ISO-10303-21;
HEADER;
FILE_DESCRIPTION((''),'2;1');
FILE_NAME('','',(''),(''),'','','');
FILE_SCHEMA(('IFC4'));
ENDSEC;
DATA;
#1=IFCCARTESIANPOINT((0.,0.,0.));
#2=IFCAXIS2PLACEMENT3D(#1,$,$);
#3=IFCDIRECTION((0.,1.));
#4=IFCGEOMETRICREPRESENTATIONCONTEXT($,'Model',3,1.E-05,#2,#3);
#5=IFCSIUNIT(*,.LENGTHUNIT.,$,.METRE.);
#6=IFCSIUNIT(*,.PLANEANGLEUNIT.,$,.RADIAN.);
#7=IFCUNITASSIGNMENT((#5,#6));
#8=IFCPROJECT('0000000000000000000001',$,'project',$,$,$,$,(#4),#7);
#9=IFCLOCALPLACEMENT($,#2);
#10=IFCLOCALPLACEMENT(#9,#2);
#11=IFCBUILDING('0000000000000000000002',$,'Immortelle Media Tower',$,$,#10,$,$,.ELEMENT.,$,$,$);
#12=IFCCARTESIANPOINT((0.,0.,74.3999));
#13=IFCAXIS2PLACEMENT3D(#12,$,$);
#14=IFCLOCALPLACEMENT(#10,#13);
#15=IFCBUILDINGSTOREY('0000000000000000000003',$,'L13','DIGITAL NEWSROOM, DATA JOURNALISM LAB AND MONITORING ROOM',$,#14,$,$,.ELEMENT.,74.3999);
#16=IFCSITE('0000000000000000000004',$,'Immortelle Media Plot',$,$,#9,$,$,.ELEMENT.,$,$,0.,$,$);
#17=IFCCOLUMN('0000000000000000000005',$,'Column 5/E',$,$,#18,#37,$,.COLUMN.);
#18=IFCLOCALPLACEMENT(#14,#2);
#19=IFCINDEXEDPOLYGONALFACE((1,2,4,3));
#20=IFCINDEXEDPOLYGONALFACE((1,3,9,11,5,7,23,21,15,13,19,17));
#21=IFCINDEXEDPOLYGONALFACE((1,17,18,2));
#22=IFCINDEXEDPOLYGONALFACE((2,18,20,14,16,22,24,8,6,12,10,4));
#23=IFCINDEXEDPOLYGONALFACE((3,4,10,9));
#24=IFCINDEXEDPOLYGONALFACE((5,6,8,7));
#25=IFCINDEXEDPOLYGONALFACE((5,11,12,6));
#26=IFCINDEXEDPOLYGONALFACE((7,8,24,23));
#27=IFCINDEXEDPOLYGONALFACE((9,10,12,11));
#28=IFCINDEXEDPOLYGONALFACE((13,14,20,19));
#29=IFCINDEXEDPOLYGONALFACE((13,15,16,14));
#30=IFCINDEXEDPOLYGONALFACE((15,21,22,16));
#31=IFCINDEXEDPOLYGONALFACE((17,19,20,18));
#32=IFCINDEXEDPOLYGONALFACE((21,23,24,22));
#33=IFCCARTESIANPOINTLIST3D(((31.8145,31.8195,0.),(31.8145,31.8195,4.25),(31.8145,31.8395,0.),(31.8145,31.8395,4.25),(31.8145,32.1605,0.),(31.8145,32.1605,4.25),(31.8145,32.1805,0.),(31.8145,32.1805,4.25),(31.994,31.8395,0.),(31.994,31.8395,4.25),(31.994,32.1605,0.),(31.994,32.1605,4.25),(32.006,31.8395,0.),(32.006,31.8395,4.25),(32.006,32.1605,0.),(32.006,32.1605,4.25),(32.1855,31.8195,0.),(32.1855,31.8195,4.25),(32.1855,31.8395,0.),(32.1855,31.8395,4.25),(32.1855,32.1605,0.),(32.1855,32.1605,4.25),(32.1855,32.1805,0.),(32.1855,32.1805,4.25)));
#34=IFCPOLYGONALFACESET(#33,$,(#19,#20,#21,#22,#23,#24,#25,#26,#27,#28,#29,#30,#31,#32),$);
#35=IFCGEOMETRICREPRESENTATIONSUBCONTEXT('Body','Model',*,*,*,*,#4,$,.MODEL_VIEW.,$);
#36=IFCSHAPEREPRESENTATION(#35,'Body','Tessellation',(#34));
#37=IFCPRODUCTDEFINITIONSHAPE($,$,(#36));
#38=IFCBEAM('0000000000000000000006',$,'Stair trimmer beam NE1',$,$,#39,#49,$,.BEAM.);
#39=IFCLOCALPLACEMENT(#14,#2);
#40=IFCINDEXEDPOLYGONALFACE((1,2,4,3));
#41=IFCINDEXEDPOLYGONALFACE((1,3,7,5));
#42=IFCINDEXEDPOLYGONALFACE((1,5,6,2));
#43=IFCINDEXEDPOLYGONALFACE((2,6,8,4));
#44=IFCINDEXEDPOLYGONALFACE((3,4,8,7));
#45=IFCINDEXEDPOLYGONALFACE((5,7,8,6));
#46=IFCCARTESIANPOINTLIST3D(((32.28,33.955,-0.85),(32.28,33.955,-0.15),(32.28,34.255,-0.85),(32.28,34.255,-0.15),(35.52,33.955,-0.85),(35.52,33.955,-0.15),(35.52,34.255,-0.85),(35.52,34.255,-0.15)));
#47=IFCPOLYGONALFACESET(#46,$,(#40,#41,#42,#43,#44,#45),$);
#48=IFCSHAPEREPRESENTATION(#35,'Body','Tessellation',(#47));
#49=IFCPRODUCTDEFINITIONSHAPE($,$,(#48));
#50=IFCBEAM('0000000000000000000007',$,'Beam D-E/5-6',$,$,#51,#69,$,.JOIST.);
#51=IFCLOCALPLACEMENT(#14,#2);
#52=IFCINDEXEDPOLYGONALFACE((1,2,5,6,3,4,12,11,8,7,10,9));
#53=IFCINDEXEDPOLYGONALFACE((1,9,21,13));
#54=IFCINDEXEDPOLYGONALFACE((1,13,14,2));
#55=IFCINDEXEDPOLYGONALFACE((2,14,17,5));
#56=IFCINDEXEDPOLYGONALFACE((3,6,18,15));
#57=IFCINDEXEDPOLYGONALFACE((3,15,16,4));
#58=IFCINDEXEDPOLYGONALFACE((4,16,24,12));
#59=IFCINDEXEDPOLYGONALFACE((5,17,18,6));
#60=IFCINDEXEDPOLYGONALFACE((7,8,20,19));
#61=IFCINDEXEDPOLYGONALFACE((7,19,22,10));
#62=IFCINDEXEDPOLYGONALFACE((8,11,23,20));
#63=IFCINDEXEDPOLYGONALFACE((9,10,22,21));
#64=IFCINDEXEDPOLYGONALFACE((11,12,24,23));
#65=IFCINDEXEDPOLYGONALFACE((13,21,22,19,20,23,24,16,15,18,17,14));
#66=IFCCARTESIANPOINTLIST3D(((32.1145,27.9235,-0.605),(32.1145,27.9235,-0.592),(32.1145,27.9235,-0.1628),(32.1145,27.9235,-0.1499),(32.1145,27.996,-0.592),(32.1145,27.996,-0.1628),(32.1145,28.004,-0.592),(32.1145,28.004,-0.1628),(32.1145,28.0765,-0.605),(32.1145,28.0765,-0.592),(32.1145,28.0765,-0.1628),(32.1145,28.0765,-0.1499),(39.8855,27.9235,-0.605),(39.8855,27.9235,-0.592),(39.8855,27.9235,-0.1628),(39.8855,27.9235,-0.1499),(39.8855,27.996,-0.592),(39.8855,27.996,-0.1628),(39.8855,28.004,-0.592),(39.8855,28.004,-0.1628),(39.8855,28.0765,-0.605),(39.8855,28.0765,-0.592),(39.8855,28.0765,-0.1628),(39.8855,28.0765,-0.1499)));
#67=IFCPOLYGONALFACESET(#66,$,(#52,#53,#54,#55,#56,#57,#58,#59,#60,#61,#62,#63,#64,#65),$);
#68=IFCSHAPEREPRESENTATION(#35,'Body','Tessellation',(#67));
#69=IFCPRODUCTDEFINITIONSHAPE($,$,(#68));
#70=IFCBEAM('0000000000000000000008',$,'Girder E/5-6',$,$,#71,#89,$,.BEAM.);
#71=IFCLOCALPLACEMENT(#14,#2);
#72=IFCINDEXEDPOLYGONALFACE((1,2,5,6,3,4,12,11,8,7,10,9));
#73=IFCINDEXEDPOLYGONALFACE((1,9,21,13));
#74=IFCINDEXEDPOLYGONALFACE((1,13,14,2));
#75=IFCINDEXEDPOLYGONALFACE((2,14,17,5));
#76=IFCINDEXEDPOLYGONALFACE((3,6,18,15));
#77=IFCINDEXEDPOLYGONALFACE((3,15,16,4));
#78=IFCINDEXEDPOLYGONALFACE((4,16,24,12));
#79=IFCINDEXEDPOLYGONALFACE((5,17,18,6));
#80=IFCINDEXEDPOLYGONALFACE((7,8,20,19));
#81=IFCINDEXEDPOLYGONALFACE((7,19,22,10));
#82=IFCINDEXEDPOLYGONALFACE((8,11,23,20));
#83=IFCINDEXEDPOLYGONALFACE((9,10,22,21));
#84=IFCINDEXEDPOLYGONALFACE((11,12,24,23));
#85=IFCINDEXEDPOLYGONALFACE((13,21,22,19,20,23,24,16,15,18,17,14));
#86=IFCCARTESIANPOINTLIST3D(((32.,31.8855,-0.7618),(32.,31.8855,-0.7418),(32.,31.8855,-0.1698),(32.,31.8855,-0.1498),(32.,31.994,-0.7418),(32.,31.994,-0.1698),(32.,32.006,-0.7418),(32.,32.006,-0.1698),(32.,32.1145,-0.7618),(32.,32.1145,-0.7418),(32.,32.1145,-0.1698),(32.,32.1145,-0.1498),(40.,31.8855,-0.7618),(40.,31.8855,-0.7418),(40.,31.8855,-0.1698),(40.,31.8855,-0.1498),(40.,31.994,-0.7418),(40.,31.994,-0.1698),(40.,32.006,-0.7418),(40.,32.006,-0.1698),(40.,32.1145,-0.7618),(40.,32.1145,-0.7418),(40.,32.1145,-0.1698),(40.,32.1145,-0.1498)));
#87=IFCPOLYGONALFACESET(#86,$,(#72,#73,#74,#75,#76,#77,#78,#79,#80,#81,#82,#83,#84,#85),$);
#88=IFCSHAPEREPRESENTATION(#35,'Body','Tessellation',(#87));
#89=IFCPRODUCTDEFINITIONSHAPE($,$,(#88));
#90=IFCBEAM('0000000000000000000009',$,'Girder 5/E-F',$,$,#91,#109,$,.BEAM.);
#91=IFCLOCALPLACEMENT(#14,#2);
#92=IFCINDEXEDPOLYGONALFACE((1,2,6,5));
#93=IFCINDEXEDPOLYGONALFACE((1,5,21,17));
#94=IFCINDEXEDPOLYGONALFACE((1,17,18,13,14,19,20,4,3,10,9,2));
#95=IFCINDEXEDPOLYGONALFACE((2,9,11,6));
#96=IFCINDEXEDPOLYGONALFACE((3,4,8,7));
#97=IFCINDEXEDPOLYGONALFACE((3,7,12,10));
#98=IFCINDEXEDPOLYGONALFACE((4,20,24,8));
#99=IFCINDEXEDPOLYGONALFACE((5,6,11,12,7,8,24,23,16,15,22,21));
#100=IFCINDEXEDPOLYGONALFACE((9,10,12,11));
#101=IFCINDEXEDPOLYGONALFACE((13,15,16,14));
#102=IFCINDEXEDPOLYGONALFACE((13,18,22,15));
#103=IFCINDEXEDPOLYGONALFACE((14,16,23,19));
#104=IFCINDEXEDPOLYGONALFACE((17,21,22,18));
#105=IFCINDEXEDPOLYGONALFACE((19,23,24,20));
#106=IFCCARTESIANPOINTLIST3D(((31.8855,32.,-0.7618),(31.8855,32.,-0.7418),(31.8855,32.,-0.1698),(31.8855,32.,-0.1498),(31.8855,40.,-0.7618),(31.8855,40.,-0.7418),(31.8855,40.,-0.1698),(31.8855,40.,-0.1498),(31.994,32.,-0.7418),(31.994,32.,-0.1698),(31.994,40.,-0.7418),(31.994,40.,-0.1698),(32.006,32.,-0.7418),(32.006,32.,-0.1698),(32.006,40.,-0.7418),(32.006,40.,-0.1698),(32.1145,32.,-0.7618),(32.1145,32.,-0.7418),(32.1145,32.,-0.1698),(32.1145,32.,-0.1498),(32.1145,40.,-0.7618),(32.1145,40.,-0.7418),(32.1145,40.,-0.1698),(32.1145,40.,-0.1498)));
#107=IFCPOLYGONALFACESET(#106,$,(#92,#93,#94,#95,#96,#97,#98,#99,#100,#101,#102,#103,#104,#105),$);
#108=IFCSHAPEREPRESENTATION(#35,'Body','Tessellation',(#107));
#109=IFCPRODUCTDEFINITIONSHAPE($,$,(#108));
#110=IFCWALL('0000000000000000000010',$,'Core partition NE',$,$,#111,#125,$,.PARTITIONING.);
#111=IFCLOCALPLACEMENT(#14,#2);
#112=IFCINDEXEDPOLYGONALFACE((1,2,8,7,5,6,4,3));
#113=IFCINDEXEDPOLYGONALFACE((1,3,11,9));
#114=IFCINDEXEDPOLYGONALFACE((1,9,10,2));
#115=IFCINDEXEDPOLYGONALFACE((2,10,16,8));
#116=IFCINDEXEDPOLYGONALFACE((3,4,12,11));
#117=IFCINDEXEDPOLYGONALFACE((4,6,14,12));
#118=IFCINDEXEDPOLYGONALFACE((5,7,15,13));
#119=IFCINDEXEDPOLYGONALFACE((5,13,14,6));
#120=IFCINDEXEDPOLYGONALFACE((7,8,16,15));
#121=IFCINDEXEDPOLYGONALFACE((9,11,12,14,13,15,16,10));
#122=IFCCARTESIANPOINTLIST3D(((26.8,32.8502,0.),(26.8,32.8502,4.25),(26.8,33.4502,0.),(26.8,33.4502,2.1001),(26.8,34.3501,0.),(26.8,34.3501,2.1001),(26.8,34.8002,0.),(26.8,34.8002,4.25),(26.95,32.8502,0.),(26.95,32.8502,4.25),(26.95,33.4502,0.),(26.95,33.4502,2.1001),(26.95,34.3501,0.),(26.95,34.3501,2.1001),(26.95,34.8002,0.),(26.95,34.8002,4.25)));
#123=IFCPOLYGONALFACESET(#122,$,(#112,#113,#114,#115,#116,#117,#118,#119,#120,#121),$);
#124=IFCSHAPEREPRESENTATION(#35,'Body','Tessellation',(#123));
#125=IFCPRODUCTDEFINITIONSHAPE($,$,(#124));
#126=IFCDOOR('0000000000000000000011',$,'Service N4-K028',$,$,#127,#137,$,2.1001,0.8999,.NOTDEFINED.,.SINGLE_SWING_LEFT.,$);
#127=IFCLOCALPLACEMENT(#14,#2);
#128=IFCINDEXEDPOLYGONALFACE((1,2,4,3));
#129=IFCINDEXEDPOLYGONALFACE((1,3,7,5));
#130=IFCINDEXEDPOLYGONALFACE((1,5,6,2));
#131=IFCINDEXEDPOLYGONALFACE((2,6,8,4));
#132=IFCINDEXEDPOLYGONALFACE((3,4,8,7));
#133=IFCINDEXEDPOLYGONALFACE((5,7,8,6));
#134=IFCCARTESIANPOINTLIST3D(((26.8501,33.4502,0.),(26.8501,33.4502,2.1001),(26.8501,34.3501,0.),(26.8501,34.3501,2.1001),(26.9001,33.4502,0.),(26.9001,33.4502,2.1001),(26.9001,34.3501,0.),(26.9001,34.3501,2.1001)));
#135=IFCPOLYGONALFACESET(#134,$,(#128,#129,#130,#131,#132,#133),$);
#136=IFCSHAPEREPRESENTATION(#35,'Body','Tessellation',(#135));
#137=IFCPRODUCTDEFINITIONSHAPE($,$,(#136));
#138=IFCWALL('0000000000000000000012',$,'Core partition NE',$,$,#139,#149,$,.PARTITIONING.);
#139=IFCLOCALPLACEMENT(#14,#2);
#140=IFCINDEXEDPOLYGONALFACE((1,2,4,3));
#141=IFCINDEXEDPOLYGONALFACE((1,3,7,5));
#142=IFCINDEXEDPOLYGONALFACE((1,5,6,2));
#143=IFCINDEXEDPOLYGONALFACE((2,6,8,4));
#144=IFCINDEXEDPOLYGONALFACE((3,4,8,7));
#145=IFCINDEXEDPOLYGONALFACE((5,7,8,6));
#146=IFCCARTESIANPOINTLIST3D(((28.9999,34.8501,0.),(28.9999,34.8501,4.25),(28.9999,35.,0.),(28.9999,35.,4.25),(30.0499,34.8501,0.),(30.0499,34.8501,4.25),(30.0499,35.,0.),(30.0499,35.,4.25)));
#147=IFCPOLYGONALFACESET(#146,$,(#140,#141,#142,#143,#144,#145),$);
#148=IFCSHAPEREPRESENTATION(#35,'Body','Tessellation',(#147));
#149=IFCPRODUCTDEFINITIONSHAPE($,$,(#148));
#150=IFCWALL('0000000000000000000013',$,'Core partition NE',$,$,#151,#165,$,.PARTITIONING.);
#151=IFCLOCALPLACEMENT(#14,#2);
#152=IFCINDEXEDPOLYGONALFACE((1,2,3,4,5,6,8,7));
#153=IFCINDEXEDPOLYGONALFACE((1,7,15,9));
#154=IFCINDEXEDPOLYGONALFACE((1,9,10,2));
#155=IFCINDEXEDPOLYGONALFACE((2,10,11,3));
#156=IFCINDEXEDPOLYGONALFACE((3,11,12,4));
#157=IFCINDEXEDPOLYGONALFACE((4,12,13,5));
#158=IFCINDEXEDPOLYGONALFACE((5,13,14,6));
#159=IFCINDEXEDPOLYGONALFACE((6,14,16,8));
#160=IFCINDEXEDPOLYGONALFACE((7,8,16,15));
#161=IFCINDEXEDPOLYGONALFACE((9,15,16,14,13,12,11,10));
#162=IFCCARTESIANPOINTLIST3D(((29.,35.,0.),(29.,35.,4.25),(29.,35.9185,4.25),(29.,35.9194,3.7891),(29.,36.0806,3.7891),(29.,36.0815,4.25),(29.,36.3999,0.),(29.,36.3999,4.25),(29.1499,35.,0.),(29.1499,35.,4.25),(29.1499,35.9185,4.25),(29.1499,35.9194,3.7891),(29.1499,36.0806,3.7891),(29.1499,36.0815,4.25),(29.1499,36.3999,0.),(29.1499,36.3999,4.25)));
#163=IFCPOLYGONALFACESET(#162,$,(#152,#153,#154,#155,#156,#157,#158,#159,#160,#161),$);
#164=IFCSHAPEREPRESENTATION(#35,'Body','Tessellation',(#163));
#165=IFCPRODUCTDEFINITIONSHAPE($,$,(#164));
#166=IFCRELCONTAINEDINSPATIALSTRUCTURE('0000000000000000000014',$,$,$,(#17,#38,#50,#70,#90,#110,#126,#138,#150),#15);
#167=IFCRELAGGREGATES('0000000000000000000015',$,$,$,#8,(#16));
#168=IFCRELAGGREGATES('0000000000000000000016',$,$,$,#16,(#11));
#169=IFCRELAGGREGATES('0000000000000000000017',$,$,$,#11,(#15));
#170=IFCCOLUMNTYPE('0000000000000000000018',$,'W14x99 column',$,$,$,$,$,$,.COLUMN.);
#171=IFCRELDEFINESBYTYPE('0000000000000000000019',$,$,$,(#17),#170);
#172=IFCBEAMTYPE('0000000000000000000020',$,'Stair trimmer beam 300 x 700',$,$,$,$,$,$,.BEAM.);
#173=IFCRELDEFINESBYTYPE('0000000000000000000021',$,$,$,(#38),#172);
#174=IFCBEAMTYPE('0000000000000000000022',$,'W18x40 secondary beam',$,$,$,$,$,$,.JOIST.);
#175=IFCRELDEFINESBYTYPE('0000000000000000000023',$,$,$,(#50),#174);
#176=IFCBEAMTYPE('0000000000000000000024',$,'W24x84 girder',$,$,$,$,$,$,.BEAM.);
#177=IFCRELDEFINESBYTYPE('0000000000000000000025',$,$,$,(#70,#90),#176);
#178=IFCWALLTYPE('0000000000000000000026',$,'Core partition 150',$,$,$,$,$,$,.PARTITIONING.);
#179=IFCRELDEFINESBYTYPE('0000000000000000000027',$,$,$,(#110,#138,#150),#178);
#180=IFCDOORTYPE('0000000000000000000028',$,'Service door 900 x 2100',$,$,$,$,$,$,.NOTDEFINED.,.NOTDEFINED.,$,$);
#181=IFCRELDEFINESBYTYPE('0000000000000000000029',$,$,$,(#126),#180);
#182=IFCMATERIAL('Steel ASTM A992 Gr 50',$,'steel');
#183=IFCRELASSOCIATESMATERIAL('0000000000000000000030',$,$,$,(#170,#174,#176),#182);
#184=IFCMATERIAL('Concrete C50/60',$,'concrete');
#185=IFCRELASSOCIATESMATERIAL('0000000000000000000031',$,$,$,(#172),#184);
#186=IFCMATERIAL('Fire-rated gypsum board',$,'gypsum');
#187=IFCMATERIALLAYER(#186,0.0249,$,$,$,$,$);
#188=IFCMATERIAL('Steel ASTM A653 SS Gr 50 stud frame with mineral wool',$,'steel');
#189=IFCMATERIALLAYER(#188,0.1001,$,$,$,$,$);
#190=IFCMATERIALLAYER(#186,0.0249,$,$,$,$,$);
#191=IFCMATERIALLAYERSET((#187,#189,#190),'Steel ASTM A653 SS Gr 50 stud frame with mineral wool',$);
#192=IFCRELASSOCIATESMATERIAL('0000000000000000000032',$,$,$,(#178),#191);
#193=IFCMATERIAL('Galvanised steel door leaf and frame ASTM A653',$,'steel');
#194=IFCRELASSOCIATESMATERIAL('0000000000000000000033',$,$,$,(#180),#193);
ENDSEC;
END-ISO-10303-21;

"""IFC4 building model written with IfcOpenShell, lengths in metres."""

from ifc_helpers import new_model, si_unit, direction, frame, frame_2d, origin, origin_2d, place, context, subcontext, project, spatial, polyline, rectangle, i_section, outline, extrude, material, layer, layer_set, material_profile, profile_set, type_object, element, fill, save


model = new_model("IFC4")

# Units and contexts
model_context = context("Model", 3, precision=1e-05, world=origin(), true_north=direction((0.0, 1.0)))
body_context = subcontext(model_context, "Body", "Model", "MODEL_VIEW")
ifc_project = project(units=[si_unit("LENGTHUNIT", "METRE"), si_unit("PLANEANGLEUNIT", "RADIAN")], contexts=[model_context])

# Site, building, storey
site_placement = place(None, origin())
site = spatial("IfcSite", under=ifc_project, at=site_placement, Name="Immortelle Media Plot", CompositionType="ELEMENT", RefElevation=0.0)
building_placement = place(site_placement, origin())
building = spatial("IfcBuilding", under=site, at=building_placement, Name="Immortelle Media Tower", CompositionType="ELEMENT")
storey_placement = place(building_placement, frame((0.0, 0.0, 74.3999)))
storey = spatial("IfcBuildingStorey", under=building, at=storey_placement, Name="L13", Description="DIGITAL NEWSROOM, DATA JOURNALISM LAB AND MONITORING ROOM", CompositionType="ELEMENT", Elevation=74.3999)

# Column
ifc_material_1 = material(Name="Steel ASTM A992 Gr 50", Category="steel")
ifc_material_profile_1 = material_profile(ifc_material_1, i_section(OverallWidth=0.3711, OverallDepth=0.3611, WebThickness=0.012, FlangeThickness=0.02, at=origin_2d()), Name="W14x99")
ifc_profile_set_1 = profile_set([ifc_material_profile_1], Name="Steel ASTM A992 Gr 50")
column_type = type_object("IfcColumnType", Name="W14x99 column", PredefinedType="COLUMN", material=ifc_profile_set_1)
column_placement = place(storey_placement, frame((32.0, 32.0, 0.0), z_axis=(0.0, 0.0, 1.0), x_axis=(1.0, 0.0, 0.0)))
element("IfcColumn", 1, at=column_placement, inside=storey, type_object=column_type, Name="Column 5/E", PredefinedType="COLUMN", context=body_context, shape_type="SweptSolid", body=[
    extrude(i_section(OverallWidth=0.3711, OverallDepth=0.3611, WebThickness=0.012, FlangeThickness=0.02, at=origin_2d()), origin(), (0.0, 0.0, 1.0), 4.25),
])

# Beams
ifc_material_2 = material(Name="Concrete C50/60", Category="concrete")
ifc_material_profile_2 = material_profile(ifc_material_2, rectangle(XDim=0.3, YDim=0.7, at=origin_2d()), Name="RC 300x700")
ifc_profile_set_2 = profile_set([ifc_material_profile_2], Name="Concrete C50/60")
beam_type_1 = type_object("IfcBeamType", Name="Stair trimmer beam 300 x 700", PredefinedType="BEAM", material=ifc_profile_set_2)
beam_1_placement = place(storey_placement, frame((32.28, 34.105, -0.5), z_axis=(1.0, 0.0, 0.0), x_axis=(0.0, 1.0, 0.0)))
element("IfcBeam", 2, at=beam_1_placement, inside=storey, type_object=beam_type_1, Name="Stair trimmer beam NE1", PredefinedType="BEAM", context=body_context, shape_type="SweptSolid", body=[
    extrude(rectangle(XDim=0.3, YDim=0.7, at=origin_2d()), origin(), (0.0, 0.0, 1.0), 3.24),
])
ifc_material_profile_3 = material_profile(ifc_material_1, i_section(OverallWidth=0.1531, OverallDepth=0.4551, WebThickness=0.0081, FlangeThickness=0.0129, at=origin_2d()), Name="W18x40")
ifc_profile_set_3 = profile_set([ifc_material_profile_3], Name="Steel ASTM A992 Gr 50")
beam_type_2 = type_object("IfcBeamType", Name="W18x40 secondary beam", PredefinedType="JOIST", material=ifc_profile_set_3)
beam_2_placement = place(storey_placement, frame((32.1145, 28.0, -0.3774), z_axis=(1.0, 0.0, 0.0), x_axis=(0.0, 1.0, 0.0)))
element("IfcBeam", 3, at=beam_2_placement, inside=storey, type_object=beam_type_2, Name="Beam D-E/5-6", PredefinedType="JOIST", context=body_context, shape_type="SweptSolid", body=[
    extrude(i_section(OverallWidth=0.1531, OverallDepth=0.4551, WebThickness=0.0081, FlangeThickness=0.0129, at=origin_2d()), origin(), (0.0, 0.0, 1.0), 7.771),
])
ifc_material_profile_4 = material_profile(ifc_material_1, i_section(OverallWidth=0.229, OverallDepth=0.6121, WebThickness=0.012, FlangeThickness=0.02, at=origin_2d()), Name="W24x84")
ifc_profile_set_4 = profile_set([ifc_material_profile_4], Name="Steel ASTM A992 Gr 50")
beam_type_3 = type_object("IfcBeamType", Name="W24x84 girder", PredefinedType="BEAM", material=ifc_profile_set_4)
for number, where, z_axis, x_axis, name in (
    (4, (32.0, 32.0, -0.4558), (1.0, 0.0, 0.0), (0.0, 1.0, 0.0), "Girder E/5-6"),
    (5, (32.0, 32.0, -0.4558), (0.0, 1.0, 0.0), (-1.0, 0.0, 0.0), "Girder 5/E-F"),
):
    element("IfcBeam", number, at=place(storey_placement, frame(where, z_axis=z_axis, x_axis=x_axis)), inside=storey, type_object=beam_type_3, Name=name, PredefinedType="BEAM", context=body_context, shape_type="SweptSolid", body=[
        extrude(i_section(OverallWidth=0.229, OverallDepth=0.6121, WebThickness=0.012, FlangeThickness=0.02, at=origin_2d()), origin(), (0.0, 0.0, 1.0), 8.0),
    ])

# Wall, opening, door
ifc_material_3 = material(Name="Fire-rated gypsum board", Category="gypsum")
ifc_layer_1 = layer(ifc_material_3, 0.0249)
ifc_material_4 = material(Name="Steel ASTM A653 SS Gr 50 stud frame with mineral wool", Category="steel")
ifc_layer_2 = layer(ifc_material_4, 0.1001)
ifc_layer_3 = layer(ifc_material_3, 0.0249)
ifc_layer_set_1 = layer_set([ifc_layer_1, ifc_layer_2, ifc_layer_3], Name="Steel ASTM A653 SS Gr 50 stud frame with mineral wool")
wall_type_1 = type_object("IfcWallType", Name="Core partition 150", PredefinedType="PARTITIONING", material=ifc_layer_set_1)
wall_1_placement = place(storey_placement, frame((26.875, 32.8501, 0.0), z_axis=(0.0, 0.0, 1.0), x_axis=(0.0, 1.0, 0.0)))
wall_1 = element("IfcWall", 6, at=wall_1_placement, inside=storey, type_object=wall_type_1, Name="Core partition NE", PredefinedType="PARTITIONING", context=body_context, shape_type="SweptSolid", body=[
    extrude(rectangle(XDim=1.95, YDim=0.1499, at=frame_2d((0.9751, 0.0))), origin(), (0.0, 0.0, 1.0), 4.25),
])
opening_1_placement = place(wall_1_placement, frame((0.6001, 0.0, 0.0)))
opening_1 = element("IfcOpeningElement", 7, at=opening_1_placement, cuts=wall_1, PredefinedType="OPENING", context=body_context, shape_type="SweptSolid", body=[
    extrude(rectangle(XDim=0.8999, YDim=2.1001, at=frame_2d((0.45, 1.05))), frame((0.0, 0.085, 0.0), z_axis=(0.0, -1.0, 0.0), x_axis=(1.0, 0.0, 0.0)), (0.0, 0.0, 1.0), 0.1699),
])
ifc_material_5 = material(Name="Galvanised steel door leaf and frame ASTM A653", Category="steel")
door_type_1 = type_object("IfcDoorType", Name="Service door 900 x 2100", OperationType="NOTDEFINED", PredefinedType="NOTDEFINED", material=ifc_material_5)
door_1_placement = place(opening_1_placement, origin())
door_1 = element("IfcDoor", 8, at=door_1_placement, inside=storey, type_object=door_type_1, Name="Service N4-K028", OperationType="SINGLE_SWING_LEFT", OverallHeight=2.1001, OverallWidth=0.8999, PredefinedType="NOTDEFINED", context=body_context, shape_type="SweptSolid", body=[
    extrude(rectangle(XDim=0.8999, YDim=2.1001, at=frame_2d((0.45, 1.05))), frame((0.0, 0.0249, 0.0), z_axis=(0.0, -1.0, 0.0), x_axis=(1.0, 0.0, 0.0)), (0.0, 0.0, 1.0), 0.05),
])
fill(opening_1, door_1)

# Walls
wall_2_placement = place(storey_placement, frame((29.0, 34.925, 0.0), z_axis=(0.0, 0.0, 1.0), x_axis=(1.0, 0.0, 0.0)))
element("IfcWall", 9, at=wall_2_placement, inside=storey, type_object=wall_type_1, Name="Core partition NE", PredefinedType="PARTITIONING", context=body_context, shape_type="SweptSolid", body=[
    extrude(rectangle(XDim=1.05, YDim=0.1499, at=frame_2d((0.5249, 0.0))), origin(), (0.0, 0.0, 1.0), 4.25),
])
wall_3_placement = place(storey_placement, frame((29.075, 35.0, 0.0), z_axis=(0.0, 0.0, 1.0), x_axis=(0.0, 1.0, 0.0)))
element("IfcWall", 10, at=wall_3_placement, inside=storey, type_object=wall_type_1, Name="Core partition NE", PredefinedType="PARTITIONING", context=body_context, shape_type="SweptSolid", body=[
    extrude(outline(polyline([(0.0, 0.0), (1.3999, 0.0), (1.3999, 4.25), (1.0815, 4.25), (1.0806, 3.7891), (0.9194, 3.7891), (0.9185, 4.25), (0.0, 4.25), (0.0, 0.0)])), frame((0.0, 0.075, 0.0), z_axis=(0.0, -1.0, 0.0), x_axis=(1.0, 0.0, 0.0)), (0.0, 0.0, 1.0), 0.1499),
])

save(model, "model.ifc")
